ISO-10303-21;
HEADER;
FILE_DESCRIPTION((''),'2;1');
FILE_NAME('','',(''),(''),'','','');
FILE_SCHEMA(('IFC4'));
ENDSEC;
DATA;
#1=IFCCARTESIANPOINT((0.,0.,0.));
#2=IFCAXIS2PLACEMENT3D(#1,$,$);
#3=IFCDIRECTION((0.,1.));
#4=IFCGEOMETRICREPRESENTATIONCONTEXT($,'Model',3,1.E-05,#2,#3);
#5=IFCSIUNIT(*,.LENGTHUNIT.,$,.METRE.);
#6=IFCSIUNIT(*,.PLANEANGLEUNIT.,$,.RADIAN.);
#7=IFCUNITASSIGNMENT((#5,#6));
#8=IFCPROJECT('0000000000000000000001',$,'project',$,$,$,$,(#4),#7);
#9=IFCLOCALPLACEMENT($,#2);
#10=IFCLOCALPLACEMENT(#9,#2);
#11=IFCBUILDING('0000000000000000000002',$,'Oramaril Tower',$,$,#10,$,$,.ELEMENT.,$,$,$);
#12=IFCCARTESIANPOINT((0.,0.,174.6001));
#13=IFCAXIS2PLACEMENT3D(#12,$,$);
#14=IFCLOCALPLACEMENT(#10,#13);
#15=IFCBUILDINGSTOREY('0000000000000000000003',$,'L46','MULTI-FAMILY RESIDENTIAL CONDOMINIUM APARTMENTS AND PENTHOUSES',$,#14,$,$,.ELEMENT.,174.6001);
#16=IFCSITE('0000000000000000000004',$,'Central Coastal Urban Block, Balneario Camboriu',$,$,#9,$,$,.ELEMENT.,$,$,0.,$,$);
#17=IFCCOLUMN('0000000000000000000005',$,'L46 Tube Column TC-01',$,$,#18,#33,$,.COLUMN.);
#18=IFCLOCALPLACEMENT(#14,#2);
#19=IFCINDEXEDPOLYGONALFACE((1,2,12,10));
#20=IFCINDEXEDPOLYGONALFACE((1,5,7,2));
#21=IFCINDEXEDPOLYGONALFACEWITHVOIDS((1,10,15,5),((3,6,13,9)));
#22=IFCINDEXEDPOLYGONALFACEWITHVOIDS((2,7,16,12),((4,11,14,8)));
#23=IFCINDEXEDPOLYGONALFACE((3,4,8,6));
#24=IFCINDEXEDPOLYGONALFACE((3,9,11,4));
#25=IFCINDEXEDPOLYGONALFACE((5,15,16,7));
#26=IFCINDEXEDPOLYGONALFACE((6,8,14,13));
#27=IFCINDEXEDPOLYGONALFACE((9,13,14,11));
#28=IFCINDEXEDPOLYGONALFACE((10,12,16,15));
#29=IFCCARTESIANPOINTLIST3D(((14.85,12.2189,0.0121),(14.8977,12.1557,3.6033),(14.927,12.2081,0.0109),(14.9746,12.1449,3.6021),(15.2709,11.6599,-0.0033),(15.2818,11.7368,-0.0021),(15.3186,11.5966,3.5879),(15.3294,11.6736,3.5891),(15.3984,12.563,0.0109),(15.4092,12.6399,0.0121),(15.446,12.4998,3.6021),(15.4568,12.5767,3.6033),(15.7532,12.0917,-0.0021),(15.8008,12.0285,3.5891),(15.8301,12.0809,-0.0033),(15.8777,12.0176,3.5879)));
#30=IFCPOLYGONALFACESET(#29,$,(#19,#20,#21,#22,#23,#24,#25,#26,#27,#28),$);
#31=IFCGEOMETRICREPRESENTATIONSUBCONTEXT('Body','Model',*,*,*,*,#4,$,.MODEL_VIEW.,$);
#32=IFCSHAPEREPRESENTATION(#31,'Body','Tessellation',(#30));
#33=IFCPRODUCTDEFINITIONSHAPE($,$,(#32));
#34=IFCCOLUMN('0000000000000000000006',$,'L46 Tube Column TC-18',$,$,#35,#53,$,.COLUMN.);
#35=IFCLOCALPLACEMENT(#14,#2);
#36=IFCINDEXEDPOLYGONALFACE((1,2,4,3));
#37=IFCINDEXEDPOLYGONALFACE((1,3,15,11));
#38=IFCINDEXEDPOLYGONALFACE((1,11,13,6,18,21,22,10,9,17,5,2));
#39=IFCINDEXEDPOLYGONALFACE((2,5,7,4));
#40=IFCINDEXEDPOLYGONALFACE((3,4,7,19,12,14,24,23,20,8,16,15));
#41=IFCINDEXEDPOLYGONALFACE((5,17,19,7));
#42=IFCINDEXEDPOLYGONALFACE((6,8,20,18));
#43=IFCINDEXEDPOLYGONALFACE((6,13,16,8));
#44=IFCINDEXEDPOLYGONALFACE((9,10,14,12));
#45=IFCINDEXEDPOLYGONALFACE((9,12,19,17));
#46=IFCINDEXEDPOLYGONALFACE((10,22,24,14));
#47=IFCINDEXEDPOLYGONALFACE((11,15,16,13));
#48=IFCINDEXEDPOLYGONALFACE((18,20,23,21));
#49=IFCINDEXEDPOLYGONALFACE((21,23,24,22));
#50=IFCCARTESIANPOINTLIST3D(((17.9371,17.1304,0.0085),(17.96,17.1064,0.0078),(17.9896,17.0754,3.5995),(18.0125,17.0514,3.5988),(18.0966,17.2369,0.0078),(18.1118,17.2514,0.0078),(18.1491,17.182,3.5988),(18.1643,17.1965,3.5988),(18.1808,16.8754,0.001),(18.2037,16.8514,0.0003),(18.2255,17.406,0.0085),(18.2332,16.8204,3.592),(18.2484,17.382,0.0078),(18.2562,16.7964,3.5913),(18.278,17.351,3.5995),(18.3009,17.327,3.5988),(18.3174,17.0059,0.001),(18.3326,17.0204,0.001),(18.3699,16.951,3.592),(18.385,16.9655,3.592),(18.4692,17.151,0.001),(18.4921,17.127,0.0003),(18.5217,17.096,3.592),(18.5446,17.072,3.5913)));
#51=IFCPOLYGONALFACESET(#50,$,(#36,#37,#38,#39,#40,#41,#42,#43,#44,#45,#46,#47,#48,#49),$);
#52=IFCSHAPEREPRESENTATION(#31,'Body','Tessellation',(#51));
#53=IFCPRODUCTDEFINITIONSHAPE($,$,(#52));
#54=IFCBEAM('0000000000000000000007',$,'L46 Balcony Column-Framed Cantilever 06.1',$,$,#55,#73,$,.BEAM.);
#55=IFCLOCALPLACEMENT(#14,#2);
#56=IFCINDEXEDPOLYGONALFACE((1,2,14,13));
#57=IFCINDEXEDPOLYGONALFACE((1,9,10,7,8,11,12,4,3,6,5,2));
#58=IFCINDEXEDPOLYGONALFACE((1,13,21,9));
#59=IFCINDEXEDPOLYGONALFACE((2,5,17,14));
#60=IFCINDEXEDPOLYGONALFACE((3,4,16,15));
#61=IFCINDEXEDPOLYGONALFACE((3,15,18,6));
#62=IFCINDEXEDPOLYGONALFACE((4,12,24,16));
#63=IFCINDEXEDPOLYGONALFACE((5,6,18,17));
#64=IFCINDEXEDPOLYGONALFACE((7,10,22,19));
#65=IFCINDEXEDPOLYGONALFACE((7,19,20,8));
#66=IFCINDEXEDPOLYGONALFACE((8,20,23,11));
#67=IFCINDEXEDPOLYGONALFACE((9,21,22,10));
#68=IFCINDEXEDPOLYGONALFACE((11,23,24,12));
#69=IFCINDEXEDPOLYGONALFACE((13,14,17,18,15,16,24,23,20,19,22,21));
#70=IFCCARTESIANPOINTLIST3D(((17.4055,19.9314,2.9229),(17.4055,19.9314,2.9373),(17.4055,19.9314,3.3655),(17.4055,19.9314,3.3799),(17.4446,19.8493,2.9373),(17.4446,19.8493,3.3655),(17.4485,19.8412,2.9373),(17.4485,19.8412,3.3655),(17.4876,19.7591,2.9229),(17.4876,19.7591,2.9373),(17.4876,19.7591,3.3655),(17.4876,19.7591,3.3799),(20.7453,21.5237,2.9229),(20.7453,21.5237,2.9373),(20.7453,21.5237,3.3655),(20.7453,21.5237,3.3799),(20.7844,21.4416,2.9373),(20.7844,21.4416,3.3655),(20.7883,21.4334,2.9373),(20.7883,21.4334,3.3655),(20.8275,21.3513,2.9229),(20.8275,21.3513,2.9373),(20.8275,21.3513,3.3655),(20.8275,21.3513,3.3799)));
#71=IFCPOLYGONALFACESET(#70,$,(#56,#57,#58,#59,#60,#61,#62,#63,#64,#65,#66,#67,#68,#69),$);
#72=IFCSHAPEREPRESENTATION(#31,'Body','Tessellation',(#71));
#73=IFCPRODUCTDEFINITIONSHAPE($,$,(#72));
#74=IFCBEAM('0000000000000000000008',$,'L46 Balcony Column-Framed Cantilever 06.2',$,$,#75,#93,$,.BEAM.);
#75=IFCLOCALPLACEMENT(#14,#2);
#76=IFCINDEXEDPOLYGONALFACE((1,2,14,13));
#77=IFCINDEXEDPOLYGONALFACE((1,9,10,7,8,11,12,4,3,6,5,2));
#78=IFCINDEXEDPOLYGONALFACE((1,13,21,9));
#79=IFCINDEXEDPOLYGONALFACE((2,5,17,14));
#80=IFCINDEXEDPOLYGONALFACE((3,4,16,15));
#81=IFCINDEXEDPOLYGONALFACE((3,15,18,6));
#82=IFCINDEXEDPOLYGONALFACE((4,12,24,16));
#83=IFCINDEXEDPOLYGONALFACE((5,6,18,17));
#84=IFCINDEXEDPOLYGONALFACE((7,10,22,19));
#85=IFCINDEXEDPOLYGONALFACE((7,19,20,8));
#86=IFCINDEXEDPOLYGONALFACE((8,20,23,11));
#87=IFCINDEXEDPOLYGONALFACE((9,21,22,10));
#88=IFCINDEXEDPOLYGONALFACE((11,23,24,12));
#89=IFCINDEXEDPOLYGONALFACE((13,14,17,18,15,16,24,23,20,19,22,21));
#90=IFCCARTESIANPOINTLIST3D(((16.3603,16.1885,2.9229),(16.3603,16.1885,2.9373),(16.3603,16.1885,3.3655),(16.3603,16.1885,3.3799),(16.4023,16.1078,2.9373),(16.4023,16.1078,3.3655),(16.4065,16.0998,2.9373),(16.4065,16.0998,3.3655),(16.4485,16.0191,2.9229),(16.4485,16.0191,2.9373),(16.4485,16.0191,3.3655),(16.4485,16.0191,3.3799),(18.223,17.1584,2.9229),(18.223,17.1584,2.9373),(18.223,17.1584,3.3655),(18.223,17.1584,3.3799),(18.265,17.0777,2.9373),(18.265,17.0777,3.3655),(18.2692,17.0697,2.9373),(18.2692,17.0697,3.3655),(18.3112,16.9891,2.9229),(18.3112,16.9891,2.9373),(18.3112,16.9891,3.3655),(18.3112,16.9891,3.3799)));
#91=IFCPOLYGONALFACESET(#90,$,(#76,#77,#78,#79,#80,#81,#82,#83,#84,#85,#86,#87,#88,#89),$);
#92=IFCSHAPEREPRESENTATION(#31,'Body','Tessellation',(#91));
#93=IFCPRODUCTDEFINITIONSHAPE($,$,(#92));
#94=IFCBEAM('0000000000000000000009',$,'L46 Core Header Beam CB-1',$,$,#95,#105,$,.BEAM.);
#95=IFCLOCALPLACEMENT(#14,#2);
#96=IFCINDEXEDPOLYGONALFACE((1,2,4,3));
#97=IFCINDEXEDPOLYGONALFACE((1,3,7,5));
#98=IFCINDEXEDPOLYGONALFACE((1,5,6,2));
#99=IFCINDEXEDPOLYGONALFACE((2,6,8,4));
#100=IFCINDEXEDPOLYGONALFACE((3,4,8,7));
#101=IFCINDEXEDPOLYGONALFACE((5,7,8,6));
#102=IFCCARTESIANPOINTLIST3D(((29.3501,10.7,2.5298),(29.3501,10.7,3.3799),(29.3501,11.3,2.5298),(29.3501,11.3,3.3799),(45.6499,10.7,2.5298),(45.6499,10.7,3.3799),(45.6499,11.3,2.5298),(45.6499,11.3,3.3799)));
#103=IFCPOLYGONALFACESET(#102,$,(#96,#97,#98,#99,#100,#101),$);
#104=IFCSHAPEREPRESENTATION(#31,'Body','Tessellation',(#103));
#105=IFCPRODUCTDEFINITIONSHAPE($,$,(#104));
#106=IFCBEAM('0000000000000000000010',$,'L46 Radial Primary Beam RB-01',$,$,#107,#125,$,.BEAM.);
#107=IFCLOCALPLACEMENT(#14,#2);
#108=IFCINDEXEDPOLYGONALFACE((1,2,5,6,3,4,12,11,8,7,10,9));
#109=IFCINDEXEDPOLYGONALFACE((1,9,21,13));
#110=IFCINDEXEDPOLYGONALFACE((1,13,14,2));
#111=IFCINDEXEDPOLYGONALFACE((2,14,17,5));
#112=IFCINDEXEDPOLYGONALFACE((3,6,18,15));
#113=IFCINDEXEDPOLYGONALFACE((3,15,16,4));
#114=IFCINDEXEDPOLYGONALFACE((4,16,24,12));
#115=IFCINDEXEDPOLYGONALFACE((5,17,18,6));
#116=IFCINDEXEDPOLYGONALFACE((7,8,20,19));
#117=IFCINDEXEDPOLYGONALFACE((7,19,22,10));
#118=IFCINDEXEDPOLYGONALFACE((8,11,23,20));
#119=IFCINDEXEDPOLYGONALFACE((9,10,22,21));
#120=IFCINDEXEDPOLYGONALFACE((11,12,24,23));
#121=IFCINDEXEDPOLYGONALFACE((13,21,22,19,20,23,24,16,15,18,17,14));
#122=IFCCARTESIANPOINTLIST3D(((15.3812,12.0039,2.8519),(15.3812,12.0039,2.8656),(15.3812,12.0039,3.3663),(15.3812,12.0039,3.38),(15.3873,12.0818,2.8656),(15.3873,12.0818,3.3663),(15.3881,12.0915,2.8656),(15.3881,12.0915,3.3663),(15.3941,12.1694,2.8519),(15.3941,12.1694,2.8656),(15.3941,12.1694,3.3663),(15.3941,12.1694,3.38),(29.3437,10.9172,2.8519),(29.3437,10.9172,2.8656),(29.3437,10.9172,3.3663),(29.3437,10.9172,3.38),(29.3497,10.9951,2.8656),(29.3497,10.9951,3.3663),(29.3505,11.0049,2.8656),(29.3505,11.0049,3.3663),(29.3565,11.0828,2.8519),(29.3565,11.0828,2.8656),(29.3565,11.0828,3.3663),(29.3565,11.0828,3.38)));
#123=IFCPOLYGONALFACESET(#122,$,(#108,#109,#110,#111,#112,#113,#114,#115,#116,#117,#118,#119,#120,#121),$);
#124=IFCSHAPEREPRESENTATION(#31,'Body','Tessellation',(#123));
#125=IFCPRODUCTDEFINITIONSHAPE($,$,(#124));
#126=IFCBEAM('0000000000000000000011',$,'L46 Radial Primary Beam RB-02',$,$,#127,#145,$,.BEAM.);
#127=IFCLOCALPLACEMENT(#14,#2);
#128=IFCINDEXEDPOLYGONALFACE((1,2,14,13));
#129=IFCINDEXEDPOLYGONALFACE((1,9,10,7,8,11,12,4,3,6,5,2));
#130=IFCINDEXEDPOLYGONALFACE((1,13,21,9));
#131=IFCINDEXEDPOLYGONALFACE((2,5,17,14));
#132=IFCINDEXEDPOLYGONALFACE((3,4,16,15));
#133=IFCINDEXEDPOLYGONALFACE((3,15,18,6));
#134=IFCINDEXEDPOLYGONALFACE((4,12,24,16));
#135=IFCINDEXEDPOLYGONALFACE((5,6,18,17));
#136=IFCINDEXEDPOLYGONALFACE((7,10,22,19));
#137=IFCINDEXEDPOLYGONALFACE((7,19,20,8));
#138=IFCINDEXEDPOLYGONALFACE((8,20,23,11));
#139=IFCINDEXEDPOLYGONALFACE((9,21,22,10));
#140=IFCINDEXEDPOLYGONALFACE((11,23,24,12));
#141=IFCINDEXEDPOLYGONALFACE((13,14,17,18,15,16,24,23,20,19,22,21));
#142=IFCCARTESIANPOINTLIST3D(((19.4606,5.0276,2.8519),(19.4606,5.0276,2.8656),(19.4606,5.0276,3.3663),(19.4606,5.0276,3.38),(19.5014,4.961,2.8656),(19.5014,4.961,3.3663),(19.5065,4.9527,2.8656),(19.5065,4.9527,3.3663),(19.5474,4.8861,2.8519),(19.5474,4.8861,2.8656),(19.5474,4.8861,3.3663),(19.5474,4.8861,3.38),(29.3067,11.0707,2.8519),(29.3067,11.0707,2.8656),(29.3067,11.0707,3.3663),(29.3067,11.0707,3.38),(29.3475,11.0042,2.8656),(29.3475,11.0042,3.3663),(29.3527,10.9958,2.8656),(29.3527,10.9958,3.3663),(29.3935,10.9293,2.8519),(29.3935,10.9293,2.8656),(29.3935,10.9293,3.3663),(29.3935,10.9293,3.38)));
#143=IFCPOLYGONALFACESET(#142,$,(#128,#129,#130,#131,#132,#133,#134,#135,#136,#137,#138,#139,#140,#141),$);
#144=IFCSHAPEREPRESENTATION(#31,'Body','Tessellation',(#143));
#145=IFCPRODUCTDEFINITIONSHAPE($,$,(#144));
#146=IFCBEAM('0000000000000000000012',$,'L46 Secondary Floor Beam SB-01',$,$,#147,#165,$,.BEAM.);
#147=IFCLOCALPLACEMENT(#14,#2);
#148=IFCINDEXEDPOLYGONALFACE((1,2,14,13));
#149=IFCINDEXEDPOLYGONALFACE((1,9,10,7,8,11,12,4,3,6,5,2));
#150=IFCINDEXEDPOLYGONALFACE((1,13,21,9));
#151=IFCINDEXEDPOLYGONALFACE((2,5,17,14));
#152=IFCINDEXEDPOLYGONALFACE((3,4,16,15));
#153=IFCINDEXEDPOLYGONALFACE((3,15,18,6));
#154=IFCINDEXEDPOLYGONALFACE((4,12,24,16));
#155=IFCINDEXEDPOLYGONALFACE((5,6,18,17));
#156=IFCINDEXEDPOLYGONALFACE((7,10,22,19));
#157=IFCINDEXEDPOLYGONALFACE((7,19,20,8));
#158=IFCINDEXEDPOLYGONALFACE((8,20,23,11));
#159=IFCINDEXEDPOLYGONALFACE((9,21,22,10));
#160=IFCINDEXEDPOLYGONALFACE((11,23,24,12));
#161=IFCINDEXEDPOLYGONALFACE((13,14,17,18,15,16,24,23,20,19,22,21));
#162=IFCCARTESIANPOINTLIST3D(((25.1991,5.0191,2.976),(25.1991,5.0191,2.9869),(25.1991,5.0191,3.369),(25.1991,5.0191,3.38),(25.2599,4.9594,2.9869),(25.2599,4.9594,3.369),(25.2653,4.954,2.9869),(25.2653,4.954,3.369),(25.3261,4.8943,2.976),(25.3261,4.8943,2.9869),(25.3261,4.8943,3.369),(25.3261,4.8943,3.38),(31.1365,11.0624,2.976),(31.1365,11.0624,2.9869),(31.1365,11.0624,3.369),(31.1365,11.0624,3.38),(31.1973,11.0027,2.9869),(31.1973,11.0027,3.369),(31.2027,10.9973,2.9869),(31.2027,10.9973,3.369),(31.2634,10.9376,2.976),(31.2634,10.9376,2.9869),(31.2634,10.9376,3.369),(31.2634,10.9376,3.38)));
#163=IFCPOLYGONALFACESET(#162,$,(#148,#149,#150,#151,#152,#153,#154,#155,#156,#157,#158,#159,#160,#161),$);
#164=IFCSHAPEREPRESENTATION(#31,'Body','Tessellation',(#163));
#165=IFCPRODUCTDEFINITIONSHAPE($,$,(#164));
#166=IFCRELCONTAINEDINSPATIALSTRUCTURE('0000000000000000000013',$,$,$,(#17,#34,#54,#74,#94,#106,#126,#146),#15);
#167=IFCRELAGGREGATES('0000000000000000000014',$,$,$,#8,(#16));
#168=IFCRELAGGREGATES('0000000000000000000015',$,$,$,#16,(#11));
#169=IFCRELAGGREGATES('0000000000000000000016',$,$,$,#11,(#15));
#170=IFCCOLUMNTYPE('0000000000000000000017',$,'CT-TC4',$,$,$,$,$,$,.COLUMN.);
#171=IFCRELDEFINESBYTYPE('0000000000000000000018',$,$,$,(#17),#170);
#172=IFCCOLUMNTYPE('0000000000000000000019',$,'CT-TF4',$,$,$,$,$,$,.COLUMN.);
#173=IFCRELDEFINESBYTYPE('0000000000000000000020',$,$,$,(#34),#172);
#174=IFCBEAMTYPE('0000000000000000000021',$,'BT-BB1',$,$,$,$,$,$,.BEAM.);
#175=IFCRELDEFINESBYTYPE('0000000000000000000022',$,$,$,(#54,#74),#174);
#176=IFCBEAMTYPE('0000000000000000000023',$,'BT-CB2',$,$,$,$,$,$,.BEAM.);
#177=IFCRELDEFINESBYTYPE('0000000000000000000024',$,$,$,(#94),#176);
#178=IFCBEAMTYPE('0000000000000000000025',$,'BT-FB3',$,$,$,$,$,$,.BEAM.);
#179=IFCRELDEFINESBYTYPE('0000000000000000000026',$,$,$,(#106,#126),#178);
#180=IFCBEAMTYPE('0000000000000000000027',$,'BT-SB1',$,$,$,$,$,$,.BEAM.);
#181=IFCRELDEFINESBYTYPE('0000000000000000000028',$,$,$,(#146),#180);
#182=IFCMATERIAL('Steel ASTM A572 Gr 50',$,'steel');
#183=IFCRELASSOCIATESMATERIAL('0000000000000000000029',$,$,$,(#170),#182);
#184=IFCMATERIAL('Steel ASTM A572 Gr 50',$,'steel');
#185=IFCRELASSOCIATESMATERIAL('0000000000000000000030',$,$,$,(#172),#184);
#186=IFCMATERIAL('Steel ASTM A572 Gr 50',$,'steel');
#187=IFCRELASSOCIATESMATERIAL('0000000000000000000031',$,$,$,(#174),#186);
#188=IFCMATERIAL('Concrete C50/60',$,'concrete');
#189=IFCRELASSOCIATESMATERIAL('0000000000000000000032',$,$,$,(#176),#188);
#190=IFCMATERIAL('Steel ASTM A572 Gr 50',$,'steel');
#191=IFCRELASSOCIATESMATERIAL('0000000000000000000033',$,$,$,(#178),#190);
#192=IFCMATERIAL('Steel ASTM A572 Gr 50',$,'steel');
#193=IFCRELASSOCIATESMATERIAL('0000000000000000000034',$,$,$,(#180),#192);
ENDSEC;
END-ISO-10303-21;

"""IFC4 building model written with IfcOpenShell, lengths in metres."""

from ifc_helpers import new_model, si_unit, direction, frame, origin, origin_2d, place, context, subcontext, project, spatial, rectangle, hollow_rectangle, i_section, extrude, material, material_profile, profile_set, type_object, element, save


model = new_model("IFC4")

# Units and contexts
model_context = context("Model", 3, precision=1e-05, world=origin(), true_north=direction((0.0, 1.0)))
body_context = subcontext(model_context, "Body", "Model", "MODEL_VIEW")
ifc_project = project(units=[si_unit("LENGTHUNIT", "METRE"), si_unit("PLANEANGLEUNIT", "RADIAN")], contexts=[model_context])

# Site, building, storey
site_placement = place(None, origin())
site = spatial("IfcSite", under=ifc_project, at=site_placement, Name="Central Coastal Urban Block, Balneario Camboriu", CompositionType="ELEMENT", RefElevation=0.0)
building_placement = place(site_placement, origin())
building = spatial("IfcBuilding", under=site, at=building_placement, Name="Oramaril Tower", CompositionType="ELEMENT")
storey_placement = place(building_placement, frame((0.0, 0.0, 174.6001)))
storey = spatial("IfcBuildingStorey", under=building, at=storey_placement, Name="L46", Description="MULTI-FAMILY RESIDENTIAL CONDOMINIUM APARTMENTS AND PENTHOUSES", CompositionType="ELEMENT", Elevation=174.6001)

# Columns
ifc_material_1 = material(Name="Steel ASTM A572 Gr 50", Category="steel")
ifc_material_profile_1 = material_profile(ifc_material_1, hollow_rectangle(XDim=0.7, YDim=0.7, WallThickness=0.0549, at=origin_2d()), Name="BOX700X700X55")
ifc_profile_set_1 = profile_set([ifc_material_profile_1], Name="Steel ASTM A572 Gr 50")
column_type_1 = type_object("IfcColumnType", Name="CT-TC4", PredefinedType="COLUMN", material=ifc_profile_set_1)
column_1_placement = place(storey_placement, frame((15.3401, 12.1499, 0.0044), z_axis=(0.013254, -0.017604, 0.999757), x_axis=(0.798888, 0.60148, 0.0)))
element("IfcColumn", 1, at=column_1_placement, inside=storey, type_object=column_type_1, Name="L46 Tube Column TC-01", PredefinedType="COLUMN", context=body_context, shape_type="SweptSolid", body=[
    extrude(hollow_rectangle(XDim=0.7, YDim=0.7, WallThickness=0.0549, at=origin_2d()), origin(), (0.0, 0.0, 1.0), 3.592),
])
ifc_material_2 = material(Name="Steel ASTM A572 Gr 50", Category="steel")
ifc_material_profile_2 = material_profile(ifc_material_2, i_section(OverallWidth=0.3989, OverallDepth=0.386, WebThickness=0.021, FlangeThickness=0.0332, at=origin_2d()), Name="W14X176")
ifc_profile_set_2 = profile_set([ifc_material_profile_2], Name="Steel ASTM A572 Gr 50")
column_type_2 = type_object("IfcColumnType", Name="CT-TF4", PredefinedType="COLUMN", material=ifc_profile_set_2)
column_2_placement = place(storey_placement, frame((18.2146, 17.1287, 0.0044), z_axis=(0.014614, -0.015293, 0.999776), x_axis=(0.722991, 0.690858, 0.0)))
element("IfcColumn", 2, at=column_2_placement, inside=storey, type_object=column_type_2, Name="L46 Tube Column TC-18", PredefinedType="COLUMN", context=body_context, shape_type="SweptSolid", body=[
    extrude(i_section(OverallWidth=0.3989, OverallDepth=0.386, WebThickness=0.021, FlangeThickness=0.0332, at=origin_2d()), origin(), (0.0, 0.0, 1.0), 3.5918),
])

# Beams
ifc_material_3 = material(Name="Steel ASTM A572 Gr 50", Category="steel")
ifc_material_profile_3 = material_profile(ifc_material_3, i_section(OverallWidth=0.1909, OverallDepth=0.457, WebThickness=0.009, FlangeThickness=0.0144, at=origin_2d()), Name="W18X50")
ifc_profile_set_3 = profile_set([ifc_material_profile_3], Name="Steel ASTM A572 Gr 50")
beam_type_1 = type_object("IfcBeamType", Name="BT-BB1", PredefinedType="BEAM", material=ifc_profile_set_3)
beam_1_placement = place(storey_placement, frame((20.7864, 21.4375, 3.1514), z_axis=(-0.902663, -0.430348, 0.0), x_axis=(0.430348, -0.902663, 0.0)))
element("IfcBeam", 3, at=beam_1_placement, inside=storey, type_object=beam_type_1, Name="L46 Balcony Column-Framed Cantilever 06.1", PredefinedType="BEAM", context=body_context, shape_type="SweptSolid", body=[
    extrude(i_section(OverallWidth=0.1909, OverallDepth=0.457, WebThickness=0.009, FlangeThickness=0.0144, at=origin_2d()), origin(), (0.0, 0.0, 1.0), 3.7),
])
beam_2_placement = place(storey_placement, frame((18.2671, 17.0737, 3.1514), z_axis=(-0.88696, -0.461847, 0.0), x_axis=(0.461847, -0.88696, 0.0)))
element("IfcBeam", 4, at=beam_2_placement, inside=storey, type_object=beam_type_1, Name="L46 Balcony Column-Framed Cantilever 06.2", PredefinedType="BEAM", context=body_context, shape_type="SweptSolid", body=[
    extrude(i_section(OverallWidth=0.1909, OverallDepth=0.457, WebThickness=0.009, FlangeThickness=0.0144, at=origin_2d()), origin(), (0.0, 0.0, 1.0), 2.1001),
])
ifc_material_4 = material(Name="Concrete C50/60", Category="concrete")
ifc_material_profile_4 = material_profile(ifc_material_4, rectangle(XDim=0.6001, YDim=0.8501, at=origin_2d()), Name="CB600X850")
ifc_profile_set_4 = profile_set([ifc_material_profile_4], Name="Concrete C50/60")
beam_type_2 = type_object("IfcBeamType", Name="BT-CB2", PredefinedType="BEAM", material=ifc_profile_set_4)
beam_3_placement = place(storey_placement, frame((29.3501, 11.0, 2.9548), z_axis=(1.0, 0.0, 0.0), x_axis=(0.0, 1.0, 0.0)))
element("IfcBeam", 5, at=beam_3_placement, inside=storey, type_object=beam_type_2, Name="L46 Core Header Beam CB-1", PredefinedType="BEAM", context=body_context, shape_type="SweptSolid", body=[
    extrude(rectangle(XDim=0.6001, YDim=0.8501, at=origin_2d()), origin(), (0.0, 0.0, 1.0), 16.2998),
])
ifc_material_5 = material(Name="Steel ASTM A572 Gr 50", Category="steel")
ifc_material_profile_5 = material_profile(ifc_material_5, i_section(OverallWidth=0.166, OverallDepth=0.5281, WebThickness=0.0098, FlangeThickness=0.0137, at=origin_2d()), Name="W21X50")
ifc_profile_set_5 = profile_set([ifc_material_profile_5], Name="Steel ASTM A572 Gr 50")
beam_type_3 = type_object("IfcBeamType", Name="BT-FB3", PredefinedType="BEAM", material=ifc_profile_set_5)
beam_4_placement = place(storey_placement, frame((29.3501, 11.0, 3.116), z_axis=(-0.996985, 0.077594, 0.0), x_axis=(-0.077594, -0.996985, 0.0)))
element("IfcBeam", 6, at=beam_4_placement, inside=storey, type_object=beam_type_3, Name="L46 Radial Primary Beam RB-01", PredefinedType="BEAM", context=body_context, shape_type="SweptSolid", body=[
    extrude(i_section(OverallWidth=0.166, OverallDepth=0.5281, WebThickness=0.0098, FlangeThickness=0.0137, at=origin_2d()), origin(), (0.0, 0.0, 1.0), 14.0046),
])
beam_5_placement = place(storey_placement, frame((29.3501, 11.0, 3.116), z_axis=(-0.852275, -0.523094, 0.0), x_axis=(0.523094, -0.852275, 0.0)))
element("IfcBeam", 7, at=beam_5_placement, inside=storey, type_object=beam_type_3, Name="L46 Radial Primary Beam RB-02", PredefinedType="BEAM", context=body_context, shape_type="SweptSolid", body=[
    extrude(i_section(OverallWidth=0.166, OverallDepth=0.5281, WebThickness=0.0098, FlangeThickness=0.0137, at=origin_2d()), origin(), (0.0, 0.0, 1.0), 11.5527),
])
ifc_material_6 = material(Name="Steel ASTM A572 Gr 50", Category="steel")
ifc_material_profile_6 = material_profile(ifc_material_6, i_section(OverallWidth=0.178, OverallDepth=0.4041, WebThickness=0.0076, FlangeThickness=0.011, at=origin_2d()), Name="W16X36")
ifc_profile_set_6 = profile_set([ifc_material_profile_6], Name="Steel ASTM A572 Gr 50")
beam_type_4 = type_object("IfcBeamType", Name="BT-SB1", PredefinedType="BEAM", material=ifc_profile_set_6)
beam_6_placement = place(storey_placement, frame((31.2, 11.0, 3.178), z_axis=(-0.700826, -0.713333, 0.0), x_axis=(0.713333, -0.700826, 0.0)))
element("IfcBeam", 8, at=beam_6_placement, inside=storey, type_object=beam_type_4, Name="L46 Secondary Floor Beam SB-01", PredefinedType="BEAM", context=body_context, shape_type="SweptSolid", body=[
    extrude(i_section(OverallWidth=0.178, OverallDepth=0.4041, WebThickness=0.0076, FlangeThickness=0.011, at=origin_2d()), origin(), (0.0, 0.0, 1.0), 8.4719),
])

save(model, "model.ifc")
